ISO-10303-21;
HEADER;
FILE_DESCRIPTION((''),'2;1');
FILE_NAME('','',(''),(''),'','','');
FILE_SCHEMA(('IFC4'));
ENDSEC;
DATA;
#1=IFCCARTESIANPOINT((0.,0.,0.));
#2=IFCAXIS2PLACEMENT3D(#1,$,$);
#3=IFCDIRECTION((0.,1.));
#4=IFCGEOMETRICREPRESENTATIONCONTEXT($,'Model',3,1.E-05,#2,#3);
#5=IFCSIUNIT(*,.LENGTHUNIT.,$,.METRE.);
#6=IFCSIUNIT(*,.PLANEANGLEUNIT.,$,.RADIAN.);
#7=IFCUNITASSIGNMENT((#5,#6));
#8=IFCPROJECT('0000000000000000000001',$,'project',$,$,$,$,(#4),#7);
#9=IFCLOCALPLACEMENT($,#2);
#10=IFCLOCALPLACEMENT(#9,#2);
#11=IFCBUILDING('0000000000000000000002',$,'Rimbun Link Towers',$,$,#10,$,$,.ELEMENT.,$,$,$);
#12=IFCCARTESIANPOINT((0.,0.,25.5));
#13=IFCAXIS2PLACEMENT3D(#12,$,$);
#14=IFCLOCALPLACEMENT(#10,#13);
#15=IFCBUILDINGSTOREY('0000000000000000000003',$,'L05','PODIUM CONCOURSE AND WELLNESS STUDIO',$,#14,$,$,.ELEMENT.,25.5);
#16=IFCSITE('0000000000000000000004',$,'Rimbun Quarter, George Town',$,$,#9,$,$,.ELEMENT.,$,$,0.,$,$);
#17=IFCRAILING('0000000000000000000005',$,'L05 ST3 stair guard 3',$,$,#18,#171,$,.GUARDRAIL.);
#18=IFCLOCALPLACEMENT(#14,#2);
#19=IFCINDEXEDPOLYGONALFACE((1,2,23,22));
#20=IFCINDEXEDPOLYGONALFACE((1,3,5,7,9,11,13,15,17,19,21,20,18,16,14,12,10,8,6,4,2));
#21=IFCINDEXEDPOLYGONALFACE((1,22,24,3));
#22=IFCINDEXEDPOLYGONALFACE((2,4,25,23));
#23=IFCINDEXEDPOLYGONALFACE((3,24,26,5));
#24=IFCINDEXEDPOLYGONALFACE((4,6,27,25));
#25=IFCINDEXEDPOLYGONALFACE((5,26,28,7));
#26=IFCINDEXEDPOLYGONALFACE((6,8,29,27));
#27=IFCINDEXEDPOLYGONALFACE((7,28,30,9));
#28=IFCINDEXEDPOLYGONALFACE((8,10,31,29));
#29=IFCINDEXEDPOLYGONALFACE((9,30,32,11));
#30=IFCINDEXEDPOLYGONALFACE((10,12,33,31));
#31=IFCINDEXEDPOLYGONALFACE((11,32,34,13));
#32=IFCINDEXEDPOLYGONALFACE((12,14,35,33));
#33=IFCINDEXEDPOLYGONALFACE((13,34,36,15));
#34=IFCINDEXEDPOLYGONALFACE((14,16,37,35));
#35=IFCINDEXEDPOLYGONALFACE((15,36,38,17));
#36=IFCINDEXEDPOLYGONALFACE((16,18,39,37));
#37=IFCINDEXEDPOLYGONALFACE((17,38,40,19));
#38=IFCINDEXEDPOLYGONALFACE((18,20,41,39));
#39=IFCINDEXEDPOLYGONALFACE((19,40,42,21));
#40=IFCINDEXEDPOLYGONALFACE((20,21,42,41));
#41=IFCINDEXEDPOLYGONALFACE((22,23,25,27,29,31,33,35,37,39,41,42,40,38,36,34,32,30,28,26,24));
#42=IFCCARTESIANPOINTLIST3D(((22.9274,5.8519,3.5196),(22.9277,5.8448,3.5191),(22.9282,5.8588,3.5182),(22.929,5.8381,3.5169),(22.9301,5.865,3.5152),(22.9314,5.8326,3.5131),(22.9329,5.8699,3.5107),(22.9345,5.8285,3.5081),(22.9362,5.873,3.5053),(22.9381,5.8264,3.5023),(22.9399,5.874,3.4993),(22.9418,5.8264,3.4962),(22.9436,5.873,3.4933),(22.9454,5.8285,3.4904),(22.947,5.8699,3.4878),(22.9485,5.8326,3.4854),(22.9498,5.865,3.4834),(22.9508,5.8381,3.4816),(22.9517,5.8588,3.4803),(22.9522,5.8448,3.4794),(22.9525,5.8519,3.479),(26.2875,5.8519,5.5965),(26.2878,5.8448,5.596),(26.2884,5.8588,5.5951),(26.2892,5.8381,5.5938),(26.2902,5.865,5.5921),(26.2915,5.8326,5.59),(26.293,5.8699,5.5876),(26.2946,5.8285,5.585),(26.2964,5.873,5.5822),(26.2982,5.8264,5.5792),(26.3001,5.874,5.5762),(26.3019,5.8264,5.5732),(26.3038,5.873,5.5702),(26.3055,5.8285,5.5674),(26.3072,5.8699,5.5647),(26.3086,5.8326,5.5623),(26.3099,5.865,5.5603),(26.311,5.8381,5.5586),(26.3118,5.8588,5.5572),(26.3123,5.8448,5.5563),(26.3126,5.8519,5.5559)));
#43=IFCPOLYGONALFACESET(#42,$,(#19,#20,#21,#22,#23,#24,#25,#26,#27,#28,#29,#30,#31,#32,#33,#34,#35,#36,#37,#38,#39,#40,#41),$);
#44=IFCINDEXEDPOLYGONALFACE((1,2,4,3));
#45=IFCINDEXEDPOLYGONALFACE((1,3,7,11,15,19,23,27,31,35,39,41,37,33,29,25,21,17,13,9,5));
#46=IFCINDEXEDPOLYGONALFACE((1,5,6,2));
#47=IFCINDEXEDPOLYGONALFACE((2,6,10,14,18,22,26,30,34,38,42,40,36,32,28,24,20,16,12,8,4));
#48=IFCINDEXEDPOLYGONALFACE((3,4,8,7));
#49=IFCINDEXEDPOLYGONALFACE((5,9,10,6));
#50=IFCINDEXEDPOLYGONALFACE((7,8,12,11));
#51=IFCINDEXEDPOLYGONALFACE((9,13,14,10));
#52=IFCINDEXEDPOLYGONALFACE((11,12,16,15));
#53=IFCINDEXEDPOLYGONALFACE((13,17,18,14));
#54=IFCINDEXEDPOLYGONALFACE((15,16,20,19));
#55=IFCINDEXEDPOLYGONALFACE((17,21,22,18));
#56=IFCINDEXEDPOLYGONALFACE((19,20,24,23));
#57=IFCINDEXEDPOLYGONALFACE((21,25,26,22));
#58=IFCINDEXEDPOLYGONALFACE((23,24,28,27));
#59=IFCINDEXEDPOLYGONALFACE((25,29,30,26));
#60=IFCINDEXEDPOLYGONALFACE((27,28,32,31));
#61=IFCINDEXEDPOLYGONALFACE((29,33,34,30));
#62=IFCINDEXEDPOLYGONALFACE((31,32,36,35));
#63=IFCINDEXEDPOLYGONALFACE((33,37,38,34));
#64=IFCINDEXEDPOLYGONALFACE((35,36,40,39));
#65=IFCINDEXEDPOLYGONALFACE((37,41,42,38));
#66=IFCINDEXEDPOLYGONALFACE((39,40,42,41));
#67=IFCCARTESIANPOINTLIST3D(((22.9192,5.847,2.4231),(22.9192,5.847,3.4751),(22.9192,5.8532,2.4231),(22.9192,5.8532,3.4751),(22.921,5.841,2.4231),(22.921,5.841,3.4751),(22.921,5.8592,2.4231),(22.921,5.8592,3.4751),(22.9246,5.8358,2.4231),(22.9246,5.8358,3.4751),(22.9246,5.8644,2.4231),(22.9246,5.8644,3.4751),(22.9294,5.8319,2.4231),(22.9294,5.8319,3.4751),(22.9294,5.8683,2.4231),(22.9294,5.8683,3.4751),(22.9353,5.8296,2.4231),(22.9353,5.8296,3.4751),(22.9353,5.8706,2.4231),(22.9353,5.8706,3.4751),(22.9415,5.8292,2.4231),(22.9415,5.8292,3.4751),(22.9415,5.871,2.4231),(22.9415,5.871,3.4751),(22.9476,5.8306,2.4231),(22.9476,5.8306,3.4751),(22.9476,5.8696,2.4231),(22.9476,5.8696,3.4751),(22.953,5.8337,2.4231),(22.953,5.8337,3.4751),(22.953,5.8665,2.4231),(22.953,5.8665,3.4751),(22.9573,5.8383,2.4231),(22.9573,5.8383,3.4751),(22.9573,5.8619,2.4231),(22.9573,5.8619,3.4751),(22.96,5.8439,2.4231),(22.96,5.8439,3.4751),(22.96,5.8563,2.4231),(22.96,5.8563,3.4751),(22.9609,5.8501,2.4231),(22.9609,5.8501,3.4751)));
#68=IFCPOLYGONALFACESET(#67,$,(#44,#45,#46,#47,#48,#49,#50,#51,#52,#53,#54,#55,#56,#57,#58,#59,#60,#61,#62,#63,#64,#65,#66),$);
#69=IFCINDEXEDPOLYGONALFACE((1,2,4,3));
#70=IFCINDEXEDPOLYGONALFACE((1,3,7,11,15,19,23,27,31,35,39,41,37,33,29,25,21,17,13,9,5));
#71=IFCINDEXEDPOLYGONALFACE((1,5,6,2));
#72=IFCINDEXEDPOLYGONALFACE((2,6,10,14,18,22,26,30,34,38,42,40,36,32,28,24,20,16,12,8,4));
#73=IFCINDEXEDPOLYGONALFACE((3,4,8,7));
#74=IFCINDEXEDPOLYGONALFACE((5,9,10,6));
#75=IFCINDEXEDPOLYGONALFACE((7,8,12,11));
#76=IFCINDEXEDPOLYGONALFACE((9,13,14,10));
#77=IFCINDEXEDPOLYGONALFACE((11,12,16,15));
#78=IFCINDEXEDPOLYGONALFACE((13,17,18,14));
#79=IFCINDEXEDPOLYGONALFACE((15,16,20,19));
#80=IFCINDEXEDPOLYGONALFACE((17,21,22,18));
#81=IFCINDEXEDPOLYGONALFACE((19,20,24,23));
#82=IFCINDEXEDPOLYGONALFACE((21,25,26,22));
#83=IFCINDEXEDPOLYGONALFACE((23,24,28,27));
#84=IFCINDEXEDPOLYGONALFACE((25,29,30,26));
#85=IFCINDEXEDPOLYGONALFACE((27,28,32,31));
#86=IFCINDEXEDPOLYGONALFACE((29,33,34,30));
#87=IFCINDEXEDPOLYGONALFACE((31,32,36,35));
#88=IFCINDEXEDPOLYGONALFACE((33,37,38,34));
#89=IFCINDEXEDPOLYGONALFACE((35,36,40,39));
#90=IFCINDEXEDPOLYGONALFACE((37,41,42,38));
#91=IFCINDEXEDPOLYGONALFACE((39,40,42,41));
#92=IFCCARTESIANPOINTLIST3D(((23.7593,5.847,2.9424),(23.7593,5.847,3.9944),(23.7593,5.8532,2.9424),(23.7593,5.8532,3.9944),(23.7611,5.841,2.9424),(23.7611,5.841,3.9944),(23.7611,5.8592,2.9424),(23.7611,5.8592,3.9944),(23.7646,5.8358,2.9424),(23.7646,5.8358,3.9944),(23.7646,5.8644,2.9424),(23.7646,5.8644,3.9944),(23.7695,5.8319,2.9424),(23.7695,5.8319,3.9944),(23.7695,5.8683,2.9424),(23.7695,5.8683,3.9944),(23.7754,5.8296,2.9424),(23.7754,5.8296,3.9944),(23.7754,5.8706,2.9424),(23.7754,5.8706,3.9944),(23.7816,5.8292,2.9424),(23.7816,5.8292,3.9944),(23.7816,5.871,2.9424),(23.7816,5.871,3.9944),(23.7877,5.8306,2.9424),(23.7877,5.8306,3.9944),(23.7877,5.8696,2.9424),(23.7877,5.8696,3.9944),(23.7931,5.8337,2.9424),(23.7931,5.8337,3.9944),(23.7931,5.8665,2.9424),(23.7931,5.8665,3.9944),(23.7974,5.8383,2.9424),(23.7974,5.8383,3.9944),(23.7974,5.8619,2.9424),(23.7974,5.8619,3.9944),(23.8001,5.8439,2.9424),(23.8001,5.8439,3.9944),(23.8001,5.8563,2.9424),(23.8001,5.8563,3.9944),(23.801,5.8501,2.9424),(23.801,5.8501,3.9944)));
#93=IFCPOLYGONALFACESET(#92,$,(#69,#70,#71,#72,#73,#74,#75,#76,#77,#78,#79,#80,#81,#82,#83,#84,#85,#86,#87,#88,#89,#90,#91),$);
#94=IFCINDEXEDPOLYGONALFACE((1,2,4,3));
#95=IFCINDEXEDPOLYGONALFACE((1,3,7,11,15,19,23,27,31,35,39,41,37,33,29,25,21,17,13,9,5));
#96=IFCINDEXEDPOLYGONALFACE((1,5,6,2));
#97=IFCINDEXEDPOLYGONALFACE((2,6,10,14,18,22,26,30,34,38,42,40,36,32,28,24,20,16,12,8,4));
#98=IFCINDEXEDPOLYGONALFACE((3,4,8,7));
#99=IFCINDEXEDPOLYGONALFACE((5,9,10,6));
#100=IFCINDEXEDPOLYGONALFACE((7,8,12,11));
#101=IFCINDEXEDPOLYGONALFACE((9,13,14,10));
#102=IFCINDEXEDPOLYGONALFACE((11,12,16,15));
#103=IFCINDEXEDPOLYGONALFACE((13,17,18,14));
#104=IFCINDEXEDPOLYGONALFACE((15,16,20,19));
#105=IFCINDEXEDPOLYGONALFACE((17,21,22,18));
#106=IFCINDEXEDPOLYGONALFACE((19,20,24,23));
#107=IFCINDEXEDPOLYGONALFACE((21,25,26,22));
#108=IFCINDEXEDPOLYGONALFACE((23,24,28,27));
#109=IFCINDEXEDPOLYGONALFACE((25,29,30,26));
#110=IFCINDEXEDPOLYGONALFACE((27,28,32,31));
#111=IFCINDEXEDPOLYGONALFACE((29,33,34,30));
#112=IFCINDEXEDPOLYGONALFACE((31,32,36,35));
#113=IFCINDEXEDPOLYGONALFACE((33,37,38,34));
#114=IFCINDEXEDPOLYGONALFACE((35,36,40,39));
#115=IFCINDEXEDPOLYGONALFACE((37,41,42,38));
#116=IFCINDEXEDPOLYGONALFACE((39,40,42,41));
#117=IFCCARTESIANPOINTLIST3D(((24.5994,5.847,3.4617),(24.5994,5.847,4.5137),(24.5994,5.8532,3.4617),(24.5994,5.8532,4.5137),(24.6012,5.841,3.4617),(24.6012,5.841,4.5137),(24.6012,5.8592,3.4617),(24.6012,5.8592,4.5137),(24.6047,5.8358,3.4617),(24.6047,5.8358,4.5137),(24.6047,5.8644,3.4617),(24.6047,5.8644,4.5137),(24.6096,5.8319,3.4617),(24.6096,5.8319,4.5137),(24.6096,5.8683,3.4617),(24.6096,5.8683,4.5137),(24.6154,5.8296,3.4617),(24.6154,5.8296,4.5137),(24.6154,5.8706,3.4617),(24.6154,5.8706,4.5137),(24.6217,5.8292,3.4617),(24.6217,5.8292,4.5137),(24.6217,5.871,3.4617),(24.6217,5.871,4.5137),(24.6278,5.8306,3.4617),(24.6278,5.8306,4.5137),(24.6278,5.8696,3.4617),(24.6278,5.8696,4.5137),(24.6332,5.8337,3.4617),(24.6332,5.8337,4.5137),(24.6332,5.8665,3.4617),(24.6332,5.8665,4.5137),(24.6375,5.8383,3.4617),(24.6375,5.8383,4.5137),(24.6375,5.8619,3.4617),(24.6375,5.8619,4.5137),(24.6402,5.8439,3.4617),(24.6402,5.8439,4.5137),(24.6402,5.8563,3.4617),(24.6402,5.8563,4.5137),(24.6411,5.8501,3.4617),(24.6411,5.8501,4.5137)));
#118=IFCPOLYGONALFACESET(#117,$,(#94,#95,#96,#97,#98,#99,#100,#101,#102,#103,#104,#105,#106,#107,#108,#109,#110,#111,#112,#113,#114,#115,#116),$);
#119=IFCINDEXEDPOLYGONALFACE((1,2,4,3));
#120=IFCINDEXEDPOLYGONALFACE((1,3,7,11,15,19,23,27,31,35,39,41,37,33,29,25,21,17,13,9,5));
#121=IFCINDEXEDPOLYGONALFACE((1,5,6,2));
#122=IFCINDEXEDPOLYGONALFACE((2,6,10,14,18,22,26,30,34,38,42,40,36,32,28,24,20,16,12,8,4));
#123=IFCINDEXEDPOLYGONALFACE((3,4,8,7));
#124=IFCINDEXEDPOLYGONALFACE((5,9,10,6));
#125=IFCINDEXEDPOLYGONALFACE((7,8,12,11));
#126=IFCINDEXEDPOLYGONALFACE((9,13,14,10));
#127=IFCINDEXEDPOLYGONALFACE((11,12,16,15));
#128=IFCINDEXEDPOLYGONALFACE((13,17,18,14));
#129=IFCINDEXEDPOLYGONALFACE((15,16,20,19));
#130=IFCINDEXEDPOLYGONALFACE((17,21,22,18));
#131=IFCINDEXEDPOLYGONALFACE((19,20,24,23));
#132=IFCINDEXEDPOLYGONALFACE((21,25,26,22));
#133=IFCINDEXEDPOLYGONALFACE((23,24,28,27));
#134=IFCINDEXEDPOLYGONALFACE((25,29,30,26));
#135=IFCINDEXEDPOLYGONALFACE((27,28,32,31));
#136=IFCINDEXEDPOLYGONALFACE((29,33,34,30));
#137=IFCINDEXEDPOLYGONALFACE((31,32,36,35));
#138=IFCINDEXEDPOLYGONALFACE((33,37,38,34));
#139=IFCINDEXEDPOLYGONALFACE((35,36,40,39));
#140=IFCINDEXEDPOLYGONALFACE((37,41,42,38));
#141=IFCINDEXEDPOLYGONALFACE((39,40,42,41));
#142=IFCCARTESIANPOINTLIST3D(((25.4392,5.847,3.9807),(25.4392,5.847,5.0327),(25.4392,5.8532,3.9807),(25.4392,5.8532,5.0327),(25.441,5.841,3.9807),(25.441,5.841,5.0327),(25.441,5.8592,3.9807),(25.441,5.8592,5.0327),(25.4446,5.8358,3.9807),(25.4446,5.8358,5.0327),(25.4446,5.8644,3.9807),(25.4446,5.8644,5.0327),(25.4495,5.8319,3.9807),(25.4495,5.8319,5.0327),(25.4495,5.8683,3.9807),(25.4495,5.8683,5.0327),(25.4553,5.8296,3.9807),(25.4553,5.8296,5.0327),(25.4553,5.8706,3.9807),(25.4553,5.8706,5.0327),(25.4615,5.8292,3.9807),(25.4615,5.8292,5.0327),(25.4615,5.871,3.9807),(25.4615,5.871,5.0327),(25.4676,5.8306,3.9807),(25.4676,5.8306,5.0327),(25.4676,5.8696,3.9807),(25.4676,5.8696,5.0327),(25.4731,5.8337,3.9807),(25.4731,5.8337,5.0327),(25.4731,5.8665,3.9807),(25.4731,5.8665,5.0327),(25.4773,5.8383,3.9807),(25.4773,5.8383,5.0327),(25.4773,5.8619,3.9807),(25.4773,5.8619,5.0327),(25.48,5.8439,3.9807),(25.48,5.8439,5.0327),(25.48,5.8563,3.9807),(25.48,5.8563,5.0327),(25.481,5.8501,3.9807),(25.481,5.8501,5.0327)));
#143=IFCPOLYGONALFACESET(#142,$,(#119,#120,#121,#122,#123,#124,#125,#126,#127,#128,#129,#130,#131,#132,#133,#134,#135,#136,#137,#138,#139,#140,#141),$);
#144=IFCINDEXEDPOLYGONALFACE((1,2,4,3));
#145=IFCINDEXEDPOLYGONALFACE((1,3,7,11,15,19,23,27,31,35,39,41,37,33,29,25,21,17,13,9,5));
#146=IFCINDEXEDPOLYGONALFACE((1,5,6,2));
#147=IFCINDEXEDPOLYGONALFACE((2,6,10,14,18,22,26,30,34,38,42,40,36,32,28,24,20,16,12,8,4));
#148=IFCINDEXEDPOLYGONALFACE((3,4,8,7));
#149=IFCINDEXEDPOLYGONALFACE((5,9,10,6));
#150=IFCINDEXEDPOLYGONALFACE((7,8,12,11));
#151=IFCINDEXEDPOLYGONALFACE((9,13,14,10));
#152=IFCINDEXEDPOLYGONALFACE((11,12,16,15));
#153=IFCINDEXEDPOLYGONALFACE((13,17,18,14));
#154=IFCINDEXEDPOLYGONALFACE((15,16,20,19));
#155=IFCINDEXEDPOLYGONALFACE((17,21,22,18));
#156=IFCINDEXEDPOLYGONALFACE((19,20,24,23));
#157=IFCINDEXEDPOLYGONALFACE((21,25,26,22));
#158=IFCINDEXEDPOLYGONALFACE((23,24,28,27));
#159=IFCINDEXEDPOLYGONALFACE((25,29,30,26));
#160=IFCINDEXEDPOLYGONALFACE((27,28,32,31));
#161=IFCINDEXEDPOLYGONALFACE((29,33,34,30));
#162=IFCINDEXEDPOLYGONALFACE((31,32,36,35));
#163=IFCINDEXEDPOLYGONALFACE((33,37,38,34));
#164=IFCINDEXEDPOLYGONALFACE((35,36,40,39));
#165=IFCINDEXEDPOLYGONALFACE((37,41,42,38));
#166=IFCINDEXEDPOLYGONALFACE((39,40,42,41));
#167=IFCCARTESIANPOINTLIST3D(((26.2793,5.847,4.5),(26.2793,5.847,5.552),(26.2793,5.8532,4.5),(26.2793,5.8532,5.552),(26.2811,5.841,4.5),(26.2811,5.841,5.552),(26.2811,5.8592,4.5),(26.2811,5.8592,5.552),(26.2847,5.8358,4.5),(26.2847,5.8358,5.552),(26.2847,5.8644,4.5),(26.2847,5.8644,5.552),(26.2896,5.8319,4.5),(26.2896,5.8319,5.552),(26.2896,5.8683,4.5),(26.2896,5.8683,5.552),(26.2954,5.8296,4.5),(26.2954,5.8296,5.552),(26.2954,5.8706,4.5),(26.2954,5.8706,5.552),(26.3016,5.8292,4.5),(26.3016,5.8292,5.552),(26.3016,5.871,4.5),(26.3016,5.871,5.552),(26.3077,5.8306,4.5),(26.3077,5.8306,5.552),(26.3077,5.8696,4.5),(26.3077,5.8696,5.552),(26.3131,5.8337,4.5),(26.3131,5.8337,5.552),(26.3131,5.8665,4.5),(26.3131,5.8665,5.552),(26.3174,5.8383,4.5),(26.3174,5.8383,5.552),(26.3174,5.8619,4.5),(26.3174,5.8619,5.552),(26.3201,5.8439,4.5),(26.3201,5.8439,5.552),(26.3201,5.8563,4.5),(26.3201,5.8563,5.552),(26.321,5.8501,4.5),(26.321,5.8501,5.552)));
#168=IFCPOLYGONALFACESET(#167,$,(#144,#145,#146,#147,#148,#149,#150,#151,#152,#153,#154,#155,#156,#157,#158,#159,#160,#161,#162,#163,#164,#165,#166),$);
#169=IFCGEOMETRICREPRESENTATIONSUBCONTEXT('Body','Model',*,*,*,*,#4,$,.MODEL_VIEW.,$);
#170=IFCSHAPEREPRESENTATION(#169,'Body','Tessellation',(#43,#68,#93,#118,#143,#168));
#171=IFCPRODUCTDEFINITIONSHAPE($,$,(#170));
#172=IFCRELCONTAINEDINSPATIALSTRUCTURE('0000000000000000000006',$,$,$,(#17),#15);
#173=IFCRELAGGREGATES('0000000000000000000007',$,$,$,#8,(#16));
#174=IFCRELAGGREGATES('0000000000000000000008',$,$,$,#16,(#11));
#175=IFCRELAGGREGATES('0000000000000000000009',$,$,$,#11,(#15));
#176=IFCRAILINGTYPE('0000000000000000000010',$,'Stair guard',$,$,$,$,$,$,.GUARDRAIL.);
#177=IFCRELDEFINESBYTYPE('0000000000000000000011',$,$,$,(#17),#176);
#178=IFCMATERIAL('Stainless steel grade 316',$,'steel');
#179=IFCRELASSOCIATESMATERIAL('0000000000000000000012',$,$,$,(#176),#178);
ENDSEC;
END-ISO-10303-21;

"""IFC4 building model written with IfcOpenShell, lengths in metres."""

from ifc_helpers import new_model, si_unit, direction, frame, origin, origin_2d, place, context, subcontext, project, spatial, circle, extrude, material, type_object, element, save


model = new_model("IFC4")

# Units and contexts
model_context = context("Model", 3, precision=1e-05, world=origin(), true_north=direction((0.0, 1.0)))
body_context = subcontext(model_context, "Body", "Model", "MODEL_VIEW")
ifc_project = project(units=[si_unit("LENGTHUNIT", "METRE"), si_unit("PLANEANGLEUNIT", "RADIAN")], contexts=[model_context])

# Site, building, storey
site_placement = place(None, origin())
site = spatial("IfcSite", under=ifc_project, at=site_placement, Name="Rimbun Quarter, George Town", CompositionType="ELEMENT", RefElevation=0.0)
building_placement = place(site_placement, origin())
building = spatial("IfcBuilding", under=site, at=building_placement, Name="Rimbun Link Towers", CompositionType="ELEMENT")
storey_placement = place(building_placement, frame((0.0, 0.0, 25.5)))
storey = spatial("IfcBuildingStorey", under=building, at=storey_placement, Name="L05", Description="PODIUM CONCOURSE AND WELLNESS STUDIO", CompositionType="ELEMENT", Elevation=25.5)

# Railing
ifc_material_1 = material(Name="Stainless steel grade 316", Category="steel")
railing_type_1 = type_object("IfcRailingType", Name="Stair guard", PredefinedType="GUARDRAIL", material=ifc_material_1)
railing_1_placement = place(storey_placement, frame((22.9399, 5.8501, 2.4231)))
element("IfcRailing", 1, at=railing_1_placement, inside=storey, type_object=railing_type_1, Name="L05 ST3 stair guard 3", PredefinedType="GUARDRAIL", context=body_context, shape_type="SweptSolid", body=[
    extrude(circle(Radius=0.0239, at=origin_2d()), frame((0.0, 0.0, 1.0762), z_axis=(0.850623, 0.0, 0.525776), x_axis=(0.0, 1.0, 0.0)), (0.0, 0.0, 1.0), 3.9502),
    extrude(circle(Radius=0.021, at=origin_2d()), origin(), (0.0, 0.0, 1.0), 1.052),
    extrude(circle(Radius=0.021, at=origin_2d()), frame((0.8401, 0.0, 0.5193)), (0.0, 0.0, 1.0), 1.052),
    extrude(circle(Radius=0.021, at=origin_2d()), frame((1.6802, 0.0, 1.0386)), (0.0, 0.0, 1.0), 1.052),
    extrude(circle(Radius=0.021, at=origin_2d()), frame((2.52, 0.0, 1.5576)), (0.0, 0.0, 1.0), 1.052),
    extrude(circle(Radius=0.021, at=origin_2d()), frame((3.3601, 0.0, 2.0769)), (0.0, 0.0, 1.0), 1.052),
])

save(model, "model.ifc")
